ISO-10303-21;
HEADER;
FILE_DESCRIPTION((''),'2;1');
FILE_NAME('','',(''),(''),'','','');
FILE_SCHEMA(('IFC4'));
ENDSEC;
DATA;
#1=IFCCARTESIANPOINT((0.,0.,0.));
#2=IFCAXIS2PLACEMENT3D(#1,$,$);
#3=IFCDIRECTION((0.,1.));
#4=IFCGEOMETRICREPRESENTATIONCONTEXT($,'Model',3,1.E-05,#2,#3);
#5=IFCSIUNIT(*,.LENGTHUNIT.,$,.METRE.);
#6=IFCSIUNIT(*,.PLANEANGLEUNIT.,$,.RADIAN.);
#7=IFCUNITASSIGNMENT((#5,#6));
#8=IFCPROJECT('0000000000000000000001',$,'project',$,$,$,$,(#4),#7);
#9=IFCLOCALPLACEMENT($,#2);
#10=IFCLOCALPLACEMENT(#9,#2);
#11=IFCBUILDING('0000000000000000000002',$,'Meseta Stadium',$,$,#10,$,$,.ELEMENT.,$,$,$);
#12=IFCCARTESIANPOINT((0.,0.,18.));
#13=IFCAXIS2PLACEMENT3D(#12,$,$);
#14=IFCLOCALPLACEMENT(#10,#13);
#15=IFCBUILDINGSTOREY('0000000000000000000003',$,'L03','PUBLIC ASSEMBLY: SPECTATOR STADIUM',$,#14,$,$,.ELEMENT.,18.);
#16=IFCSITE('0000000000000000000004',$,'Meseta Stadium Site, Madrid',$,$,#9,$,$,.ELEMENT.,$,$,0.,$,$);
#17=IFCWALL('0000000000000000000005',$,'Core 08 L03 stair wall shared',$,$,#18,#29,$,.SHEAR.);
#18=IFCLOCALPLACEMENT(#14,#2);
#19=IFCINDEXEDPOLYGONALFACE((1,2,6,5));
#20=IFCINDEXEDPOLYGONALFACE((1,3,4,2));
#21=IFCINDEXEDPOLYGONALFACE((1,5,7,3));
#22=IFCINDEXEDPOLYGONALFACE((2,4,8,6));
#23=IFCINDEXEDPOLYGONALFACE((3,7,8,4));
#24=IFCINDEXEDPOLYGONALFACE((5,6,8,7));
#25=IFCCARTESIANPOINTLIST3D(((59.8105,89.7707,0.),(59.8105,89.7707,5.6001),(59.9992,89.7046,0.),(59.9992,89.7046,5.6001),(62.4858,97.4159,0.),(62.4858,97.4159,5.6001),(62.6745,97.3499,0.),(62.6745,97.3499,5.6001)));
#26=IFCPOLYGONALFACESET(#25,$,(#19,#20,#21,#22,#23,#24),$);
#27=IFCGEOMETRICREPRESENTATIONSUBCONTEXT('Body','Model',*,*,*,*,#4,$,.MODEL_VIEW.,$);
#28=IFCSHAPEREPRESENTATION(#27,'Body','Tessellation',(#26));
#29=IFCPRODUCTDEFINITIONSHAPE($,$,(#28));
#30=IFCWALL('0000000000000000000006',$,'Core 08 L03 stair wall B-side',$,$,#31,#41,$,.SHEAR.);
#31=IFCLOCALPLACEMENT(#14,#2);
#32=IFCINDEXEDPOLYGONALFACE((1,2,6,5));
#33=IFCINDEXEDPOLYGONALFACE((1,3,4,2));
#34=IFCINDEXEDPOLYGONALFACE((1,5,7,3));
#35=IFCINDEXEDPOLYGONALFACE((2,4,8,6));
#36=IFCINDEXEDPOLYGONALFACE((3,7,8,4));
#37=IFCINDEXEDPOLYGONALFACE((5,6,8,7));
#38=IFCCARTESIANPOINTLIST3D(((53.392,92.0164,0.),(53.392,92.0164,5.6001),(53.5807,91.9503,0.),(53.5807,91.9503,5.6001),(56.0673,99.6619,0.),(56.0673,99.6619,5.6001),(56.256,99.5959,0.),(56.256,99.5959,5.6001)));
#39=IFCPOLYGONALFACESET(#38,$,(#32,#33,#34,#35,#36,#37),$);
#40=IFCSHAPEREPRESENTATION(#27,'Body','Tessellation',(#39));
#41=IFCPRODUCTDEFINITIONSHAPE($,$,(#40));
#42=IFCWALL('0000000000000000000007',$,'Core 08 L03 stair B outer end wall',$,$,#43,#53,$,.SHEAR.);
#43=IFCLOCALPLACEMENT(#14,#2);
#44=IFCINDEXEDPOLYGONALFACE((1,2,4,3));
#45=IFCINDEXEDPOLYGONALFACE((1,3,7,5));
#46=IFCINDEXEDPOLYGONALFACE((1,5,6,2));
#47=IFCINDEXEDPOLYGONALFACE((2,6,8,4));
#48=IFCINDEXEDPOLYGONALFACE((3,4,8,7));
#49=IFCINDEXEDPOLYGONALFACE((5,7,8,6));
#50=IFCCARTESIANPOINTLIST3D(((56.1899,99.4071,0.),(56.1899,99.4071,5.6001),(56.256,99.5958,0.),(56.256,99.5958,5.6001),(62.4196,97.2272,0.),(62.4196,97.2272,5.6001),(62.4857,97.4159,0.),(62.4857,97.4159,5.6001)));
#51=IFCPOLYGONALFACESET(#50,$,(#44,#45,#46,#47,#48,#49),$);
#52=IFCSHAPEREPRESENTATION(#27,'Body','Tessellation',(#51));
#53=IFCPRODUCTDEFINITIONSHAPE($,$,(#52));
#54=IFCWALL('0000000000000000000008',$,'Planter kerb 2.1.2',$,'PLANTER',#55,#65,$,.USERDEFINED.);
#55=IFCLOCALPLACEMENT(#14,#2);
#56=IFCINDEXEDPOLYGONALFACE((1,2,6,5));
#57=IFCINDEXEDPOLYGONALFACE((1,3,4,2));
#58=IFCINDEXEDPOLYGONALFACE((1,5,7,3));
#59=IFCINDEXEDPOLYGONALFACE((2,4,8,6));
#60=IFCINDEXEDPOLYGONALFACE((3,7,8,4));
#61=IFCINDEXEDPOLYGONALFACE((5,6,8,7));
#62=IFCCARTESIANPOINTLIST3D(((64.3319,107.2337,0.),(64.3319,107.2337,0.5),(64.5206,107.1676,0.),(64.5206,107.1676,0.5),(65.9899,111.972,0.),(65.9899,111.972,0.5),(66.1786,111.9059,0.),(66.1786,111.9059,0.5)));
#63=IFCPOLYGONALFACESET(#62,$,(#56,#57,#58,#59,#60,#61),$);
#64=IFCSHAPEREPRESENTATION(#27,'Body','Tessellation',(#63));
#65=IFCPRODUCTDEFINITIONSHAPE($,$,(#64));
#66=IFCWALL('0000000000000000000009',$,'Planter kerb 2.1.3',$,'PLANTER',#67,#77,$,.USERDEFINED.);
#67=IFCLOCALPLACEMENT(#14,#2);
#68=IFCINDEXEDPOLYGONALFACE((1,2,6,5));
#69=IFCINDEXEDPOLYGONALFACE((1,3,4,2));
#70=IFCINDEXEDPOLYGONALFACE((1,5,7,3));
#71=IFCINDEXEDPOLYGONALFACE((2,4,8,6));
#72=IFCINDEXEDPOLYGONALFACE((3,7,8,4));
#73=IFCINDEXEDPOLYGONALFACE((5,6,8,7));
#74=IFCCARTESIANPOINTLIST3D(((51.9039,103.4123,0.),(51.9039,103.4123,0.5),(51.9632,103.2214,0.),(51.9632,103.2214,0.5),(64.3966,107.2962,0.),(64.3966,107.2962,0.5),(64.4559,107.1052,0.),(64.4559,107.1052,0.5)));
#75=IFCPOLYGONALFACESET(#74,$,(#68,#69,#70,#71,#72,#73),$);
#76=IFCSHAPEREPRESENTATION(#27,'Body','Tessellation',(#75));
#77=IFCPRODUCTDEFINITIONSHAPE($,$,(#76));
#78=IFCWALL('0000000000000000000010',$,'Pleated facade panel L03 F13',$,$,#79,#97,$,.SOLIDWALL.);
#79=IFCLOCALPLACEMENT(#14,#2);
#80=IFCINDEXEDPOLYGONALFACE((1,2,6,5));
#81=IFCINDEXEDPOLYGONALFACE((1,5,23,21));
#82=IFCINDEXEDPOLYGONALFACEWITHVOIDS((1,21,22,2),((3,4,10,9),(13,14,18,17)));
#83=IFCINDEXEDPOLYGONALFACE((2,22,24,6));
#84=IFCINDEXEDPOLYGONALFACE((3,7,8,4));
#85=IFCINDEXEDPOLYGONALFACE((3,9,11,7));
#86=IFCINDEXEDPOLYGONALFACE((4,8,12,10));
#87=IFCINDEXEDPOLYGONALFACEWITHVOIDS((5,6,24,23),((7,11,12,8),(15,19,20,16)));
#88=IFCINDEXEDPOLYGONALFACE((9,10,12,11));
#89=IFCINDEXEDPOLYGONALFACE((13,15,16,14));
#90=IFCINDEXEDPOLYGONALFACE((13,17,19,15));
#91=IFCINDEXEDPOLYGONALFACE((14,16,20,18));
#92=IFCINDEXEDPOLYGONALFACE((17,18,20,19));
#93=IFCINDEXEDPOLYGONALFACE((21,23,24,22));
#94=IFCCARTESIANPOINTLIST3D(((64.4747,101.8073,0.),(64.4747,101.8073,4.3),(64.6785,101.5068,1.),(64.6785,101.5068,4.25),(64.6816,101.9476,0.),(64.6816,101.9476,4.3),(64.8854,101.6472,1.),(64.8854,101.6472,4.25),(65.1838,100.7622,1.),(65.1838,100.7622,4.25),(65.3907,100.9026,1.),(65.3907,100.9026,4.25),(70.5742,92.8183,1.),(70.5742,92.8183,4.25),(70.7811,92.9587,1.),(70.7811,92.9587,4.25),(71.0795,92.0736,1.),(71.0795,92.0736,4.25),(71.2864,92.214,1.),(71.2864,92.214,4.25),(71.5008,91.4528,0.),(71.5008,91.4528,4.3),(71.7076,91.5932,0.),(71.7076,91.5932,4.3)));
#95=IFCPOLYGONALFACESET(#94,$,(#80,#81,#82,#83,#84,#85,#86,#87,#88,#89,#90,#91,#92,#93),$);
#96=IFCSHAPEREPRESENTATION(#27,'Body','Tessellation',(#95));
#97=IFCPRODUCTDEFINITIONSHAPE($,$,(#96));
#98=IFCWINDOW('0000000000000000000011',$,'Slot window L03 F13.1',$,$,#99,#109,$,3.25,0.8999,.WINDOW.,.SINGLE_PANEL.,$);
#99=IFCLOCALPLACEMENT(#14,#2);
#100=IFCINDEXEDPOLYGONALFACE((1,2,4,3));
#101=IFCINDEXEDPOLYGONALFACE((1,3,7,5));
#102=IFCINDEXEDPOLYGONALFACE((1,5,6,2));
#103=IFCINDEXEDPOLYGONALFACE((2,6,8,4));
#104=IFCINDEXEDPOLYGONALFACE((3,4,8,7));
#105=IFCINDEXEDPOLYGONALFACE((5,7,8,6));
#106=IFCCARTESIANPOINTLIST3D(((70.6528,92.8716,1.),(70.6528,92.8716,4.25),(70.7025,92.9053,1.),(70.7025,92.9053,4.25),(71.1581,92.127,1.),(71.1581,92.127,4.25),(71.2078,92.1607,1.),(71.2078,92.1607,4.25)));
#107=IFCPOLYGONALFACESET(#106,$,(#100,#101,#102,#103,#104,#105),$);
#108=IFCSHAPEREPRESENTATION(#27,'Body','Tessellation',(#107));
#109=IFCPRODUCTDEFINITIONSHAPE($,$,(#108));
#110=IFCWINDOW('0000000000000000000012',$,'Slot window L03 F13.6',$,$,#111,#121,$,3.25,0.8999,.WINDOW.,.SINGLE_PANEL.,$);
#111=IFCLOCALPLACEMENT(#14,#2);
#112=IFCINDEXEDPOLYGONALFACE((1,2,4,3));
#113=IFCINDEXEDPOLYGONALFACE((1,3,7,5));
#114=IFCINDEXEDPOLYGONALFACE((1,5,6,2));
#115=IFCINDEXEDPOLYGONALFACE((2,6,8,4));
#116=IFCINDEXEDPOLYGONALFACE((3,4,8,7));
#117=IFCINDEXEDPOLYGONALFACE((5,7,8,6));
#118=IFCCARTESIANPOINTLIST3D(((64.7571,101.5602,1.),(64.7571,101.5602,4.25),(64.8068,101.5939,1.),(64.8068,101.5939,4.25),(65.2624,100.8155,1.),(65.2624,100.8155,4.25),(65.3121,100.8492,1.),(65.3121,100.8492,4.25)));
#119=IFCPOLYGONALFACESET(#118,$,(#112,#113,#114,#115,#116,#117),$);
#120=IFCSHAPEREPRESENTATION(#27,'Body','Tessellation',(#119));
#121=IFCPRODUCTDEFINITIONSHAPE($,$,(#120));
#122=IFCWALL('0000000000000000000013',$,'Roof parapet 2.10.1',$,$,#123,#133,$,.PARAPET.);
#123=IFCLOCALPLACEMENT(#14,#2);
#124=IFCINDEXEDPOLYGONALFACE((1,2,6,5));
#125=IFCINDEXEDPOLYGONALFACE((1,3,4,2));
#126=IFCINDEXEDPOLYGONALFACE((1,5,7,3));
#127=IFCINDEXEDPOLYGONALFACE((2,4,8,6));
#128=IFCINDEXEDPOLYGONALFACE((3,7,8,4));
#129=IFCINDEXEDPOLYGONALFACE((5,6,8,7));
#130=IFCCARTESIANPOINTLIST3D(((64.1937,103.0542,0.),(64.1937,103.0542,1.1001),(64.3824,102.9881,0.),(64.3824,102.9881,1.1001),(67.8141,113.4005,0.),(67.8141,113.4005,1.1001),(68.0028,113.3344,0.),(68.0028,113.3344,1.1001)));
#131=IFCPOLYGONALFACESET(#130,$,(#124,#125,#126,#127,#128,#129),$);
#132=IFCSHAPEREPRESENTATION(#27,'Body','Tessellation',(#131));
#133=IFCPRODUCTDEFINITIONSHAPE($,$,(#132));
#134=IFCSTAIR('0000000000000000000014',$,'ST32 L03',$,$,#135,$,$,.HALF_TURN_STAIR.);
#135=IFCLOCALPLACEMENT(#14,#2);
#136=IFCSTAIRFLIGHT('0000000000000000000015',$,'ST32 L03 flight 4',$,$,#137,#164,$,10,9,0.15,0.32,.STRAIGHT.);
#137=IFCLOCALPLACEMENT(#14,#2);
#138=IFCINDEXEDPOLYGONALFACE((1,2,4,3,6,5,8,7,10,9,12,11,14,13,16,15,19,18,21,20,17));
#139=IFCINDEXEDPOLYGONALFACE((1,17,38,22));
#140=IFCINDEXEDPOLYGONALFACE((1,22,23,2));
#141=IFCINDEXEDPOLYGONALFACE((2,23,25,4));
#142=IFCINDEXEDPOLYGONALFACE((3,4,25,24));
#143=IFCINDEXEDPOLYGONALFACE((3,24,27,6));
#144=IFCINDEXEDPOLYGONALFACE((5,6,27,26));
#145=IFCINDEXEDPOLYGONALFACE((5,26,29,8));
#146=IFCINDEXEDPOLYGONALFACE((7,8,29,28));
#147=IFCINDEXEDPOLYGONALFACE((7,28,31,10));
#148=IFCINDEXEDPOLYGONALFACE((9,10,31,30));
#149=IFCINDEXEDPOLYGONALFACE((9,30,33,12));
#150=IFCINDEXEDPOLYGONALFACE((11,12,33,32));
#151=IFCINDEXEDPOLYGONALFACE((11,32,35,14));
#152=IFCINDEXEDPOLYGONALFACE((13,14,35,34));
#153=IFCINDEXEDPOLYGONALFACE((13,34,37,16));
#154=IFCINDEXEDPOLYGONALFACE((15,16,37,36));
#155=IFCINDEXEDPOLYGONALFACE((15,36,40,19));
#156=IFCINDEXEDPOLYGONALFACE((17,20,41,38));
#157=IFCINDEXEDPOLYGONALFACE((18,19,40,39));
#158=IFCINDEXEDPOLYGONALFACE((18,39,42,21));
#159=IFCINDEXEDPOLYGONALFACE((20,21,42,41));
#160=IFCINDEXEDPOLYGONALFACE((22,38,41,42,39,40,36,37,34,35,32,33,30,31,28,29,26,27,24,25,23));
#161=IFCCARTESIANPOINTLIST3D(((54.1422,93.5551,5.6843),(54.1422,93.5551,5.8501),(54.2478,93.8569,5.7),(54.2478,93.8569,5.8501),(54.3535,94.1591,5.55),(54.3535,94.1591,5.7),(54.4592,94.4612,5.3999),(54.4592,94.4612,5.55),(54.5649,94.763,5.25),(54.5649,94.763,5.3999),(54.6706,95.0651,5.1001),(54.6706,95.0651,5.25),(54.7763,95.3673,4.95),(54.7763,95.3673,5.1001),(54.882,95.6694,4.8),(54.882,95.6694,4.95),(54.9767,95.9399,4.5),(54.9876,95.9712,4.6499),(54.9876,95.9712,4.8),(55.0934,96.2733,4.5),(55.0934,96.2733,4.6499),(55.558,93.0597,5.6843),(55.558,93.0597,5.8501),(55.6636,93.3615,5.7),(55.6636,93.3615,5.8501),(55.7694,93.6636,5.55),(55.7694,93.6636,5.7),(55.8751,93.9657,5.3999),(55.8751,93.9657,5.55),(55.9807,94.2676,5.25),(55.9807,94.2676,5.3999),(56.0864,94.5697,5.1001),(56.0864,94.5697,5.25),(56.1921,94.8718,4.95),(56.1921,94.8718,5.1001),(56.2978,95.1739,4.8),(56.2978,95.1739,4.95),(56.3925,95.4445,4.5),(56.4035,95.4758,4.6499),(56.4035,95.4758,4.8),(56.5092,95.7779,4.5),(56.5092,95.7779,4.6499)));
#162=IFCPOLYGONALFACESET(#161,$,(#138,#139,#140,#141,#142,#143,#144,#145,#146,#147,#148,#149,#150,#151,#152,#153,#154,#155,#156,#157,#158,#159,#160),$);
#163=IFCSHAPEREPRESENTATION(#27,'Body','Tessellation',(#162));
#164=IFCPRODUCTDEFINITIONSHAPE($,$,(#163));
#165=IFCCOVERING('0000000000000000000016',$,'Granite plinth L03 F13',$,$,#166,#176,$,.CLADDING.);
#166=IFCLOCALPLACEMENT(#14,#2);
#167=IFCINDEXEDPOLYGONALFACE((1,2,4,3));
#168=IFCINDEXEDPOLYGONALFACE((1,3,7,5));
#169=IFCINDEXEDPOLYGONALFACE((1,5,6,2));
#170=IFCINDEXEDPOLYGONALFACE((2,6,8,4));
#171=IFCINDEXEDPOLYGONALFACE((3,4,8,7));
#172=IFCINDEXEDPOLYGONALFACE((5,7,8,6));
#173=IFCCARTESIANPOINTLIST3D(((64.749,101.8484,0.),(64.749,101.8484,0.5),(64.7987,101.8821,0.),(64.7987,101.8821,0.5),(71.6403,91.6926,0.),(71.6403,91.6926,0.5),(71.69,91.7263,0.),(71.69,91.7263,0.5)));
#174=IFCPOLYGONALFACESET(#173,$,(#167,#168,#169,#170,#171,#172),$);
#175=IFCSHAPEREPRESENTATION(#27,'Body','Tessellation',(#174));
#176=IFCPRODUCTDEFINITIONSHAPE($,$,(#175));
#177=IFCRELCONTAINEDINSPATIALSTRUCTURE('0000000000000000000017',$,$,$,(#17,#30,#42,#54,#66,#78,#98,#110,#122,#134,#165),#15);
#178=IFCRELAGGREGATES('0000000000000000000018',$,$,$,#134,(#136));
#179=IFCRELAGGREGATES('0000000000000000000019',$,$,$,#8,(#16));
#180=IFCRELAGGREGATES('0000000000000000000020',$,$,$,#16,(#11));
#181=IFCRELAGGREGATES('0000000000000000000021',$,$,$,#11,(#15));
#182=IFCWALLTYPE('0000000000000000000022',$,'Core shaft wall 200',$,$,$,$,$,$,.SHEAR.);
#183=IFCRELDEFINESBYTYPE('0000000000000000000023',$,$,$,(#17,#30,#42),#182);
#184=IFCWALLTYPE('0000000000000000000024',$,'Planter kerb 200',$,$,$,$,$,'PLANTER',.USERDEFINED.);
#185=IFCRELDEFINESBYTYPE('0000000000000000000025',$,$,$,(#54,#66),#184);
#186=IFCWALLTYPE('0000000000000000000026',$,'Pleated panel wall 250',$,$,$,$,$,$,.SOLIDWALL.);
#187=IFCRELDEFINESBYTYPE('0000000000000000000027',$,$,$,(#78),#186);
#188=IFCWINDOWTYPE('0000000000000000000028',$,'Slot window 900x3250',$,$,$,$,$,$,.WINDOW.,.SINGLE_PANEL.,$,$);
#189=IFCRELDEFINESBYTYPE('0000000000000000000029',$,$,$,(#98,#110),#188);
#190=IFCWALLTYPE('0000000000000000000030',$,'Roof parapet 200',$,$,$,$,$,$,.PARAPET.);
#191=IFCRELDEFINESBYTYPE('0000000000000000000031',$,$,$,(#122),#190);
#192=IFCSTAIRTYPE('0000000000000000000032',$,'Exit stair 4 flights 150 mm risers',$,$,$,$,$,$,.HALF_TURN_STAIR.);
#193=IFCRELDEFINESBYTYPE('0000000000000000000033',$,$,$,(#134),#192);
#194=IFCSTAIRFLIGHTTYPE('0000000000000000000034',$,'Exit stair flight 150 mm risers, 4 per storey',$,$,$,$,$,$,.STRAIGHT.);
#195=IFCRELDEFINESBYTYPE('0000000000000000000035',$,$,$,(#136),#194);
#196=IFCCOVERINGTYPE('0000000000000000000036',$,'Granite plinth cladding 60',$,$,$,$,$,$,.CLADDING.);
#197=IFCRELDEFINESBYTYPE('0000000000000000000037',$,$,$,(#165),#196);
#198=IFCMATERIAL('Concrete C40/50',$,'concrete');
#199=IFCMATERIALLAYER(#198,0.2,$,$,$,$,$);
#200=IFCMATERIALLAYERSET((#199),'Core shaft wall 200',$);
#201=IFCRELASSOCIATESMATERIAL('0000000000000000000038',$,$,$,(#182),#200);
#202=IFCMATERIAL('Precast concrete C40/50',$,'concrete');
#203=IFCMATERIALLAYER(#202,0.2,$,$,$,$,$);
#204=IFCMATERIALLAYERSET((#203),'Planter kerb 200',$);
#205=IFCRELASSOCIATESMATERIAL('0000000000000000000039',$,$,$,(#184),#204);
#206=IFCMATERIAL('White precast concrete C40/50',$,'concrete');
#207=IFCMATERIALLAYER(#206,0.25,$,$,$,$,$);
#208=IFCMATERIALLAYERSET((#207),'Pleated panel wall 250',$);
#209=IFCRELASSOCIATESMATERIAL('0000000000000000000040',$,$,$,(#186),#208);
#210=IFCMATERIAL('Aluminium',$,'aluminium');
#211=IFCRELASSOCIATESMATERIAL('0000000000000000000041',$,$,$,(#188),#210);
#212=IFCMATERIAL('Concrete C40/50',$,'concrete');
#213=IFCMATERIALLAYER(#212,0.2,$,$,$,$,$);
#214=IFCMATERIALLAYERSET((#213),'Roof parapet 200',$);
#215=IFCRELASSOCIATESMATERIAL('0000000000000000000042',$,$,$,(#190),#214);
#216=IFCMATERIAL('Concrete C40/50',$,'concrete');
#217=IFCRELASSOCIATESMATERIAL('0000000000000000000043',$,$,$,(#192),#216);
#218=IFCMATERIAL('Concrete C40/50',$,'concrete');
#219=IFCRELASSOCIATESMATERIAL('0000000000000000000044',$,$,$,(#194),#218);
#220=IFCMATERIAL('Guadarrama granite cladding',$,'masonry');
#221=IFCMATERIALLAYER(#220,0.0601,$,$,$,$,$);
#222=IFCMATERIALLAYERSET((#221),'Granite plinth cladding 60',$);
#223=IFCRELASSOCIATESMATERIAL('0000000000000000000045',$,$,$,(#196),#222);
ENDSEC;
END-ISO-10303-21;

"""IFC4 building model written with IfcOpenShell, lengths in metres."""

from ifc_helpers import new_model, si_unit, direction, frame, frame_2d, origin, origin_2d, place, context, subcontext, project, spatial, polyline, rectangle, outline, extrude, material, layer, layer_set, type_object, element, fill, aggregate, save


model = new_model("IFC4")

# Units and contexts
model_context = context("Model", 3, precision=1e-05, world=origin(), true_north=direction((0.0, 1.0)))
body_context = subcontext(model_context, "Body", "Model", "MODEL_VIEW")
ifc_project = project(units=[si_unit("LENGTHUNIT", "METRE"), si_unit("PLANEANGLEUNIT", "RADIAN")], contexts=[model_context])

# Site, building, storey
site_placement = place(None, origin())
site = spatial("IfcSite", under=ifc_project, at=site_placement, Name="Meseta Stadium Site, Madrid", CompositionType="ELEMENT", RefElevation=0.0)
building_placement = place(site_placement, origin())
building = spatial("IfcBuilding", under=site, at=building_placement, Name="Meseta Stadium", CompositionType="ELEMENT")
storey_placement = place(building_placement, frame((0.0, 0.0, 18.0)))
storey = spatial("IfcBuildingStorey", under=building, at=storey_placement, Name="L03", Description="PUBLIC ASSEMBLY: SPECTATOR STADIUM", CompositionType="ELEMENT", Elevation=18.0)

# Walls
ifc_material_1 = material(Name="Concrete C40/50", Category="concrete")
ifc_layer_1 = layer(ifc_material_1, 0.2)
ifc_layer_set_1 = layer_set([ifc_layer_1], Name="Core shaft wall 200")
wall_type_1 = type_object("IfcWallType", Name="Core shaft wall 200", PredefinedType="SHEAR", material=ifc_layer_set_1)
wall_1_placement = place(storey_placement, frame((62.5801, 97.3828, 0.0), z_axis=(0.0, 0.0, 1.0), x_axis=(-0.33029, -0.94388, 0.0)))
element("IfcWall", 1, at=wall_1_placement, inside=storey, type_object=wall_type_1, Name="Core 08 L03 stair wall shared", PredefinedType="SHEAR", context=body_context, shape_type="SweptSolid", body=[
    extrude(rectangle(XDim=8.0999, YDim=0.2, at=frame_2d((4.0498, 0.0))), origin(), (0.0, 0.0, 1.0), 5.6001),
])
wall_2_placement = place(storey_placement, frame((56.1616, 99.6289, 0.0), z_axis=(0.0, 0.0, 1.0), x_axis=(-0.330281, -0.943883, 0.0)))
element("IfcWall", 2, at=wall_2_placement, inside=storey, type_object=wall_type_1, Name="Core 08 L03 stair wall B-side", PredefinedType="SHEAR", context=body_context, shape_type="SweptSolid", body=[
    extrude(rectangle(XDim=8.1001, YDim=0.2, at=frame_2d((4.05, 0.0))), origin(), (0.0, 0.0, 1.0), 5.6001),
])
wall_3_placement = place(storey_placement, frame((62.4526, 97.3215, 0.0), z_axis=(0.0, 0.0, 1.0), x_axis=(-0.943881, 0.330286, 0.0)))
element("IfcWall", 3, at=wall_3_placement, inside=storey, type_object=wall_type_1, Name="Core 08 L03 stair B outer end wall", PredefinedType="SHEAR", context=body_context, shape_type="SweptSolid", body=[
    extrude(rectangle(XDim=6.6001, YDim=0.2, at=frame_2d((3.3, 0.0))), origin(), (0.0, 0.0, 1.0), 5.6001),
])
ifc_material_2 = material(Name="Precast concrete C40/50", Category="concrete")
ifc_layer_2 = layer(ifc_material_2, 0.2)
ifc_layer_set_2 = layer_set([ifc_layer_2], Name="Planter kerb 200")
wall_type_2 = type_object("IfcWallType", Name="Planter kerb 200", ElementType="PLANTER", PredefinedType="USERDEFINED", material=ifc_layer_set_2)
wall_4_placement = place(storey_placement, frame((66.0842, 111.939, 0.0), z_axis=(0.0, 0.0, 1.0), x_axis=(-0.330272, -0.943886, 0.0)))
element("IfcWall", 4, at=wall_4_placement, inside=storey, type_object=wall_type_2, Name="Planter kerb 2.1.2", ObjectType="PLANTER", PredefinedType="USERDEFINED", context=body_context, shape_type="SweptSolid", body=[
    extrude(rectangle(XDim=5.02, YDim=0.2, at=frame_2d((2.51, 0.0))), origin(), (0.0, 0.0, 1.0), 0.5),
])
wall_5_placement = place(storey_placement, frame((64.4263, 107.2007, 0.0), z_axis=(0.0, 0.0, 1.0), x_axis=(-0.954918, -0.29687, 0.0)))
element("IfcWall", 5, at=wall_5_placement, inside=storey, type_object=wall_type_2, Name="Planter kerb 2.1.3", ObjectType="PLANTER", PredefinedType="USERDEFINED", context=body_context, shape_type="SweptSolid", body=[
    extrude(rectangle(XDim=13.0825, YDim=0.2, at=frame_2d((6.5413, 0.0))), origin(), (0.0, 0.0, 1.0), 0.5),
])

# Wall, openings, windows
ifc_material_3 = material(Name="White precast concrete C40/50", Category="concrete")
ifc_layer_3 = layer(ifc_material_3, 0.25)
ifc_layer_set_3 = layer_set([ifc_layer_3], Name="Pleated panel wall 250")
wall_type_3 = type_object("IfcWallType", Name="Pleated panel wall 250", PredefinedType="SOLIDWALL", material=ifc_layer_set_3)
wall_6_placement = place(storey_placement, frame((64.5781, 101.8774, 0.0), z_axis=(0.0, 0.0, 1.0), x_axis=(0.561494, -0.827481, 0.0)))
wall_6 = element("IfcWall", 6, at=wall_6_placement, inside=storey, type_object=wall_type_3, Name="Pleated facade panel L03 F13", PredefinedType="SOLIDWALL", context=body_context, shape_type="SweptSolid", body=[
    extrude(rectangle(XDim=12.5132, YDim=0.25, at=frame_2d((6.2566, 0.0))), origin(), (0.0, 0.0, 1.0), 4.3),
])
opening_1_placement = place(wall_6_placement, frame((10.863, 0.0, 1.0)))
opening_1 = element("IfcOpeningElement", 7, at=opening_1_placement, cuts=wall_6, PredefinedType="OPENING", context=body_context, shape_type="SweptSolid", body=[
    extrude(rectangle(XDim=0.8999, YDim=3.25, at=frame_2d((0.45, 1.625))), frame((0.0, 0.135, 0.0), z_axis=(0.0, -1.0, 0.0), x_axis=(1.0, 0.0, 0.0)), (0.0, 0.0, 1.0), 0.27),
])
opening_2_placement = place(wall_6_placement, frame((0.363, 0.0, 1.0)))
opening_2 = element("IfcOpeningElement", 8, at=opening_2_placement, cuts=wall_6, PredefinedType="OPENING", context=body_context, shape_type="SweptSolid", body=[
    extrude(rectangle(XDim=0.8999, YDim=3.25, at=frame_2d((0.45, 1.625))), frame((0.0, 0.135, 0.0), z_axis=(0.0, -1.0, 0.0), x_axis=(1.0, 0.0, 0.0)), (0.0, 0.0, 1.0), 0.27),
])
ifc_material_4 = material(Name="Aluminium", Category="aluminium")
window_type = type_object("IfcWindowType", Name="Slot window 900x3250", PartitioningType="SINGLE_PANEL", PredefinedType="WINDOW", material=ifc_material_4)
window_1_placement = place(opening_1_placement, origin())
window_1 = element("IfcWindow", 9, at=window_1_placement, inside=storey, type_object=window_type, Name="Slot window L03 F13.1", OverallHeight=3.25, OverallWidth=0.8999, PartitioningType="SINGLE_PANEL", PredefinedType="WINDOW", context=body_context, shape_type="SweptSolid", body=[
    extrude(rectangle(XDim=0.8999, YDim=3.25, at=frame_2d((0.45, 1.625))), frame((0.0, 0.03, 0.0), z_axis=(0.0, -1.0, 0.0), x_axis=(1.0, 0.0, 0.0)), (0.0, 0.0, 1.0), 0.0601),
])
fill(opening_1, window_1)
window_2_placement = place(opening_2_placement, origin())
window_2 = element("IfcWindow", 10, at=window_2_placement, inside=storey, type_object=window_type, Name="Slot window L03 F13.6", OverallHeight=3.25, OverallWidth=0.8999, PartitioningType="SINGLE_PANEL", PredefinedType="WINDOW", context=body_context, shape_type="SweptSolid", body=[
    extrude(rectangle(XDim=0.8999, YDim=3.25, at=frame_2d((0.45, 1.625))), frame((0.0, 0.03, 0.0), z_axis=(0.0, -1.0, 0.0), x_axis=(1.0, 0.0, 0.0)), (0.0, 0.0, 1.0), 0.0601),
])
fill(opening_2, window_2)

# Wall
ifc_material_5 = material(Name="Concrete C40/50", Category="concrete")
ifc_layer_4 = layer(ifc_material_5, 0.2)
ifc_layer_set_4 = layer_set([ifc_layer_4], Name="Roof parapet 200")
wall_type_4 = type_object("IfcWallType", Name="Roof parapet 200", PredefinedType="PARAPET", material=ifc_layer_set_4)
wall_7_placement = place(storey_placement, frame((67.9084, 113.3674, 0.0), z_axis=(0.0, 0.0, 1.0), x_axis=(-0.330285, -0.943881, 0.0)))
element("IfcWall", 11, at=wall_7_placement, inside=storey, type_object=wall_type_4, Name="Roof parapet 2.10.1", PredefinedType="PARAPET", context=body_context, shape_type="SweptSolid", body=[
    extrude(rectangle(XDim=10.9614, YDim=0.2, at=frame_2d((5.4807, 0.0))), origin(), (0.0, 0.0, 1.0), 1.1001),
])

# Stair, stair flight
ifc_material_6 = material(Name="Concrete C40/50", Category="concrete")
stair_type = type_object("IfcStairType", Name="Exit stair 4 flights 150 mm risers", PredefinedType="HALF_TURN_STAIR", material=ifc_material_6)
stair_placement = place(storey_placement, origin())
stair = element("IfcStair", 12, at=stair_placement, inside=storey, type_object=stair_type, Name="ST32 L03", PredefinedType="HALF_TURN_STAIR")
ifc_material_7 = material(Name="Concrete C40/50", Category="concrete")
stair_flight_type = type_object("IfcStairFlightType", Name="Exit stair flight 150 mm risers, 4 per storey", PredefinedType="STRAIGHT", material=ifc_material_7)
stair_flight_placement = place(storey_placement, frame((55.8013, 96.0256, 4.5), z_axis=(0.0, 0.0, 1.0), x_axis=(-0.330279, -0.943883, 0.0)))
stair_flight = element("IfcStairFlight", 13, at=stair_flight_placement, type_object=stair_flight_type, Name="ST32 L03 flight 4", NumberOfRisers=10, NumberOfTreads=9, PredefinedType="STRAIGHT", RiserHeight=0.15, TreadLength=0.32, context=body_context, shape_type="SweptSolid", body=[
    extrude(outline(polyline([(0.0, 0.0), (0.0, 0.1499), (0.3201, 0.1499), (0.3201, 0.3), (0.6399, 0.3), (0.6399, 0.45), (0.96, 0.45), (0.96, 0.6001), (1.28, 0.6001), (1.28, 0.75), (1.6001, 0.75), (1.6001, 0.8999), (1.9199, 0.8999), (1.9199, 1.05), (2.24, 1.05), (2.24, 1.2), (2.5601, 1.2), (2.5601, 1.3501), (2.8799, 1.3501), (2.8799, 1.1843), (0.3533, 0.0), (0.0, 0.0)])), frame((0.0, 0.75, 0.0), z_axis=(0.0, -1.0, 0.0), x_axis=(1.0, 0.0, 0.0)), (0.0, 0.0, 1.0), 1.5),
])
aggregate(stair, [stair_flight])

# Covering
ifc_material_8 = material(Name="Guadarrama granite cladding", Category="masonry")
ifc_layer_5 = layer(ifc_material_8, 0.0601)
ifc_layer_set_5 = layer_set([ifc_layer_5], Name="Granite plinth cladding 60")
covering_type_1 = type_object("IfcCoveringType", Name="Granite plinth cladding 60", PredefinedType="CLADDING", material=ifc_layer_set_5)
for number, where, z_axis, x_axis, name in (
    (14, (68.2195, 96.7874, 0.0), (0.0, 0.0, 1.0), (0.56149, -0.827484, 0.0), "Granite plinth L03 F13"),
):
    element("IfcCovering", number, at=place(storey_placement, frame(where, z_axis=z_axis, x_axis=x_axis)), inside=storey, type_object=covering_type_1, Name=name, PredefinedType="CLADDING", context=body_context, shape_type="SweptSolid", body=[
        extrude(rectangle(XDim=12.2732, YDim=0.0601, at=origin_2d()), origin(), (0.0, 0.0, 1.0), 0.5),
    ])

save(model, "model.ifc")
